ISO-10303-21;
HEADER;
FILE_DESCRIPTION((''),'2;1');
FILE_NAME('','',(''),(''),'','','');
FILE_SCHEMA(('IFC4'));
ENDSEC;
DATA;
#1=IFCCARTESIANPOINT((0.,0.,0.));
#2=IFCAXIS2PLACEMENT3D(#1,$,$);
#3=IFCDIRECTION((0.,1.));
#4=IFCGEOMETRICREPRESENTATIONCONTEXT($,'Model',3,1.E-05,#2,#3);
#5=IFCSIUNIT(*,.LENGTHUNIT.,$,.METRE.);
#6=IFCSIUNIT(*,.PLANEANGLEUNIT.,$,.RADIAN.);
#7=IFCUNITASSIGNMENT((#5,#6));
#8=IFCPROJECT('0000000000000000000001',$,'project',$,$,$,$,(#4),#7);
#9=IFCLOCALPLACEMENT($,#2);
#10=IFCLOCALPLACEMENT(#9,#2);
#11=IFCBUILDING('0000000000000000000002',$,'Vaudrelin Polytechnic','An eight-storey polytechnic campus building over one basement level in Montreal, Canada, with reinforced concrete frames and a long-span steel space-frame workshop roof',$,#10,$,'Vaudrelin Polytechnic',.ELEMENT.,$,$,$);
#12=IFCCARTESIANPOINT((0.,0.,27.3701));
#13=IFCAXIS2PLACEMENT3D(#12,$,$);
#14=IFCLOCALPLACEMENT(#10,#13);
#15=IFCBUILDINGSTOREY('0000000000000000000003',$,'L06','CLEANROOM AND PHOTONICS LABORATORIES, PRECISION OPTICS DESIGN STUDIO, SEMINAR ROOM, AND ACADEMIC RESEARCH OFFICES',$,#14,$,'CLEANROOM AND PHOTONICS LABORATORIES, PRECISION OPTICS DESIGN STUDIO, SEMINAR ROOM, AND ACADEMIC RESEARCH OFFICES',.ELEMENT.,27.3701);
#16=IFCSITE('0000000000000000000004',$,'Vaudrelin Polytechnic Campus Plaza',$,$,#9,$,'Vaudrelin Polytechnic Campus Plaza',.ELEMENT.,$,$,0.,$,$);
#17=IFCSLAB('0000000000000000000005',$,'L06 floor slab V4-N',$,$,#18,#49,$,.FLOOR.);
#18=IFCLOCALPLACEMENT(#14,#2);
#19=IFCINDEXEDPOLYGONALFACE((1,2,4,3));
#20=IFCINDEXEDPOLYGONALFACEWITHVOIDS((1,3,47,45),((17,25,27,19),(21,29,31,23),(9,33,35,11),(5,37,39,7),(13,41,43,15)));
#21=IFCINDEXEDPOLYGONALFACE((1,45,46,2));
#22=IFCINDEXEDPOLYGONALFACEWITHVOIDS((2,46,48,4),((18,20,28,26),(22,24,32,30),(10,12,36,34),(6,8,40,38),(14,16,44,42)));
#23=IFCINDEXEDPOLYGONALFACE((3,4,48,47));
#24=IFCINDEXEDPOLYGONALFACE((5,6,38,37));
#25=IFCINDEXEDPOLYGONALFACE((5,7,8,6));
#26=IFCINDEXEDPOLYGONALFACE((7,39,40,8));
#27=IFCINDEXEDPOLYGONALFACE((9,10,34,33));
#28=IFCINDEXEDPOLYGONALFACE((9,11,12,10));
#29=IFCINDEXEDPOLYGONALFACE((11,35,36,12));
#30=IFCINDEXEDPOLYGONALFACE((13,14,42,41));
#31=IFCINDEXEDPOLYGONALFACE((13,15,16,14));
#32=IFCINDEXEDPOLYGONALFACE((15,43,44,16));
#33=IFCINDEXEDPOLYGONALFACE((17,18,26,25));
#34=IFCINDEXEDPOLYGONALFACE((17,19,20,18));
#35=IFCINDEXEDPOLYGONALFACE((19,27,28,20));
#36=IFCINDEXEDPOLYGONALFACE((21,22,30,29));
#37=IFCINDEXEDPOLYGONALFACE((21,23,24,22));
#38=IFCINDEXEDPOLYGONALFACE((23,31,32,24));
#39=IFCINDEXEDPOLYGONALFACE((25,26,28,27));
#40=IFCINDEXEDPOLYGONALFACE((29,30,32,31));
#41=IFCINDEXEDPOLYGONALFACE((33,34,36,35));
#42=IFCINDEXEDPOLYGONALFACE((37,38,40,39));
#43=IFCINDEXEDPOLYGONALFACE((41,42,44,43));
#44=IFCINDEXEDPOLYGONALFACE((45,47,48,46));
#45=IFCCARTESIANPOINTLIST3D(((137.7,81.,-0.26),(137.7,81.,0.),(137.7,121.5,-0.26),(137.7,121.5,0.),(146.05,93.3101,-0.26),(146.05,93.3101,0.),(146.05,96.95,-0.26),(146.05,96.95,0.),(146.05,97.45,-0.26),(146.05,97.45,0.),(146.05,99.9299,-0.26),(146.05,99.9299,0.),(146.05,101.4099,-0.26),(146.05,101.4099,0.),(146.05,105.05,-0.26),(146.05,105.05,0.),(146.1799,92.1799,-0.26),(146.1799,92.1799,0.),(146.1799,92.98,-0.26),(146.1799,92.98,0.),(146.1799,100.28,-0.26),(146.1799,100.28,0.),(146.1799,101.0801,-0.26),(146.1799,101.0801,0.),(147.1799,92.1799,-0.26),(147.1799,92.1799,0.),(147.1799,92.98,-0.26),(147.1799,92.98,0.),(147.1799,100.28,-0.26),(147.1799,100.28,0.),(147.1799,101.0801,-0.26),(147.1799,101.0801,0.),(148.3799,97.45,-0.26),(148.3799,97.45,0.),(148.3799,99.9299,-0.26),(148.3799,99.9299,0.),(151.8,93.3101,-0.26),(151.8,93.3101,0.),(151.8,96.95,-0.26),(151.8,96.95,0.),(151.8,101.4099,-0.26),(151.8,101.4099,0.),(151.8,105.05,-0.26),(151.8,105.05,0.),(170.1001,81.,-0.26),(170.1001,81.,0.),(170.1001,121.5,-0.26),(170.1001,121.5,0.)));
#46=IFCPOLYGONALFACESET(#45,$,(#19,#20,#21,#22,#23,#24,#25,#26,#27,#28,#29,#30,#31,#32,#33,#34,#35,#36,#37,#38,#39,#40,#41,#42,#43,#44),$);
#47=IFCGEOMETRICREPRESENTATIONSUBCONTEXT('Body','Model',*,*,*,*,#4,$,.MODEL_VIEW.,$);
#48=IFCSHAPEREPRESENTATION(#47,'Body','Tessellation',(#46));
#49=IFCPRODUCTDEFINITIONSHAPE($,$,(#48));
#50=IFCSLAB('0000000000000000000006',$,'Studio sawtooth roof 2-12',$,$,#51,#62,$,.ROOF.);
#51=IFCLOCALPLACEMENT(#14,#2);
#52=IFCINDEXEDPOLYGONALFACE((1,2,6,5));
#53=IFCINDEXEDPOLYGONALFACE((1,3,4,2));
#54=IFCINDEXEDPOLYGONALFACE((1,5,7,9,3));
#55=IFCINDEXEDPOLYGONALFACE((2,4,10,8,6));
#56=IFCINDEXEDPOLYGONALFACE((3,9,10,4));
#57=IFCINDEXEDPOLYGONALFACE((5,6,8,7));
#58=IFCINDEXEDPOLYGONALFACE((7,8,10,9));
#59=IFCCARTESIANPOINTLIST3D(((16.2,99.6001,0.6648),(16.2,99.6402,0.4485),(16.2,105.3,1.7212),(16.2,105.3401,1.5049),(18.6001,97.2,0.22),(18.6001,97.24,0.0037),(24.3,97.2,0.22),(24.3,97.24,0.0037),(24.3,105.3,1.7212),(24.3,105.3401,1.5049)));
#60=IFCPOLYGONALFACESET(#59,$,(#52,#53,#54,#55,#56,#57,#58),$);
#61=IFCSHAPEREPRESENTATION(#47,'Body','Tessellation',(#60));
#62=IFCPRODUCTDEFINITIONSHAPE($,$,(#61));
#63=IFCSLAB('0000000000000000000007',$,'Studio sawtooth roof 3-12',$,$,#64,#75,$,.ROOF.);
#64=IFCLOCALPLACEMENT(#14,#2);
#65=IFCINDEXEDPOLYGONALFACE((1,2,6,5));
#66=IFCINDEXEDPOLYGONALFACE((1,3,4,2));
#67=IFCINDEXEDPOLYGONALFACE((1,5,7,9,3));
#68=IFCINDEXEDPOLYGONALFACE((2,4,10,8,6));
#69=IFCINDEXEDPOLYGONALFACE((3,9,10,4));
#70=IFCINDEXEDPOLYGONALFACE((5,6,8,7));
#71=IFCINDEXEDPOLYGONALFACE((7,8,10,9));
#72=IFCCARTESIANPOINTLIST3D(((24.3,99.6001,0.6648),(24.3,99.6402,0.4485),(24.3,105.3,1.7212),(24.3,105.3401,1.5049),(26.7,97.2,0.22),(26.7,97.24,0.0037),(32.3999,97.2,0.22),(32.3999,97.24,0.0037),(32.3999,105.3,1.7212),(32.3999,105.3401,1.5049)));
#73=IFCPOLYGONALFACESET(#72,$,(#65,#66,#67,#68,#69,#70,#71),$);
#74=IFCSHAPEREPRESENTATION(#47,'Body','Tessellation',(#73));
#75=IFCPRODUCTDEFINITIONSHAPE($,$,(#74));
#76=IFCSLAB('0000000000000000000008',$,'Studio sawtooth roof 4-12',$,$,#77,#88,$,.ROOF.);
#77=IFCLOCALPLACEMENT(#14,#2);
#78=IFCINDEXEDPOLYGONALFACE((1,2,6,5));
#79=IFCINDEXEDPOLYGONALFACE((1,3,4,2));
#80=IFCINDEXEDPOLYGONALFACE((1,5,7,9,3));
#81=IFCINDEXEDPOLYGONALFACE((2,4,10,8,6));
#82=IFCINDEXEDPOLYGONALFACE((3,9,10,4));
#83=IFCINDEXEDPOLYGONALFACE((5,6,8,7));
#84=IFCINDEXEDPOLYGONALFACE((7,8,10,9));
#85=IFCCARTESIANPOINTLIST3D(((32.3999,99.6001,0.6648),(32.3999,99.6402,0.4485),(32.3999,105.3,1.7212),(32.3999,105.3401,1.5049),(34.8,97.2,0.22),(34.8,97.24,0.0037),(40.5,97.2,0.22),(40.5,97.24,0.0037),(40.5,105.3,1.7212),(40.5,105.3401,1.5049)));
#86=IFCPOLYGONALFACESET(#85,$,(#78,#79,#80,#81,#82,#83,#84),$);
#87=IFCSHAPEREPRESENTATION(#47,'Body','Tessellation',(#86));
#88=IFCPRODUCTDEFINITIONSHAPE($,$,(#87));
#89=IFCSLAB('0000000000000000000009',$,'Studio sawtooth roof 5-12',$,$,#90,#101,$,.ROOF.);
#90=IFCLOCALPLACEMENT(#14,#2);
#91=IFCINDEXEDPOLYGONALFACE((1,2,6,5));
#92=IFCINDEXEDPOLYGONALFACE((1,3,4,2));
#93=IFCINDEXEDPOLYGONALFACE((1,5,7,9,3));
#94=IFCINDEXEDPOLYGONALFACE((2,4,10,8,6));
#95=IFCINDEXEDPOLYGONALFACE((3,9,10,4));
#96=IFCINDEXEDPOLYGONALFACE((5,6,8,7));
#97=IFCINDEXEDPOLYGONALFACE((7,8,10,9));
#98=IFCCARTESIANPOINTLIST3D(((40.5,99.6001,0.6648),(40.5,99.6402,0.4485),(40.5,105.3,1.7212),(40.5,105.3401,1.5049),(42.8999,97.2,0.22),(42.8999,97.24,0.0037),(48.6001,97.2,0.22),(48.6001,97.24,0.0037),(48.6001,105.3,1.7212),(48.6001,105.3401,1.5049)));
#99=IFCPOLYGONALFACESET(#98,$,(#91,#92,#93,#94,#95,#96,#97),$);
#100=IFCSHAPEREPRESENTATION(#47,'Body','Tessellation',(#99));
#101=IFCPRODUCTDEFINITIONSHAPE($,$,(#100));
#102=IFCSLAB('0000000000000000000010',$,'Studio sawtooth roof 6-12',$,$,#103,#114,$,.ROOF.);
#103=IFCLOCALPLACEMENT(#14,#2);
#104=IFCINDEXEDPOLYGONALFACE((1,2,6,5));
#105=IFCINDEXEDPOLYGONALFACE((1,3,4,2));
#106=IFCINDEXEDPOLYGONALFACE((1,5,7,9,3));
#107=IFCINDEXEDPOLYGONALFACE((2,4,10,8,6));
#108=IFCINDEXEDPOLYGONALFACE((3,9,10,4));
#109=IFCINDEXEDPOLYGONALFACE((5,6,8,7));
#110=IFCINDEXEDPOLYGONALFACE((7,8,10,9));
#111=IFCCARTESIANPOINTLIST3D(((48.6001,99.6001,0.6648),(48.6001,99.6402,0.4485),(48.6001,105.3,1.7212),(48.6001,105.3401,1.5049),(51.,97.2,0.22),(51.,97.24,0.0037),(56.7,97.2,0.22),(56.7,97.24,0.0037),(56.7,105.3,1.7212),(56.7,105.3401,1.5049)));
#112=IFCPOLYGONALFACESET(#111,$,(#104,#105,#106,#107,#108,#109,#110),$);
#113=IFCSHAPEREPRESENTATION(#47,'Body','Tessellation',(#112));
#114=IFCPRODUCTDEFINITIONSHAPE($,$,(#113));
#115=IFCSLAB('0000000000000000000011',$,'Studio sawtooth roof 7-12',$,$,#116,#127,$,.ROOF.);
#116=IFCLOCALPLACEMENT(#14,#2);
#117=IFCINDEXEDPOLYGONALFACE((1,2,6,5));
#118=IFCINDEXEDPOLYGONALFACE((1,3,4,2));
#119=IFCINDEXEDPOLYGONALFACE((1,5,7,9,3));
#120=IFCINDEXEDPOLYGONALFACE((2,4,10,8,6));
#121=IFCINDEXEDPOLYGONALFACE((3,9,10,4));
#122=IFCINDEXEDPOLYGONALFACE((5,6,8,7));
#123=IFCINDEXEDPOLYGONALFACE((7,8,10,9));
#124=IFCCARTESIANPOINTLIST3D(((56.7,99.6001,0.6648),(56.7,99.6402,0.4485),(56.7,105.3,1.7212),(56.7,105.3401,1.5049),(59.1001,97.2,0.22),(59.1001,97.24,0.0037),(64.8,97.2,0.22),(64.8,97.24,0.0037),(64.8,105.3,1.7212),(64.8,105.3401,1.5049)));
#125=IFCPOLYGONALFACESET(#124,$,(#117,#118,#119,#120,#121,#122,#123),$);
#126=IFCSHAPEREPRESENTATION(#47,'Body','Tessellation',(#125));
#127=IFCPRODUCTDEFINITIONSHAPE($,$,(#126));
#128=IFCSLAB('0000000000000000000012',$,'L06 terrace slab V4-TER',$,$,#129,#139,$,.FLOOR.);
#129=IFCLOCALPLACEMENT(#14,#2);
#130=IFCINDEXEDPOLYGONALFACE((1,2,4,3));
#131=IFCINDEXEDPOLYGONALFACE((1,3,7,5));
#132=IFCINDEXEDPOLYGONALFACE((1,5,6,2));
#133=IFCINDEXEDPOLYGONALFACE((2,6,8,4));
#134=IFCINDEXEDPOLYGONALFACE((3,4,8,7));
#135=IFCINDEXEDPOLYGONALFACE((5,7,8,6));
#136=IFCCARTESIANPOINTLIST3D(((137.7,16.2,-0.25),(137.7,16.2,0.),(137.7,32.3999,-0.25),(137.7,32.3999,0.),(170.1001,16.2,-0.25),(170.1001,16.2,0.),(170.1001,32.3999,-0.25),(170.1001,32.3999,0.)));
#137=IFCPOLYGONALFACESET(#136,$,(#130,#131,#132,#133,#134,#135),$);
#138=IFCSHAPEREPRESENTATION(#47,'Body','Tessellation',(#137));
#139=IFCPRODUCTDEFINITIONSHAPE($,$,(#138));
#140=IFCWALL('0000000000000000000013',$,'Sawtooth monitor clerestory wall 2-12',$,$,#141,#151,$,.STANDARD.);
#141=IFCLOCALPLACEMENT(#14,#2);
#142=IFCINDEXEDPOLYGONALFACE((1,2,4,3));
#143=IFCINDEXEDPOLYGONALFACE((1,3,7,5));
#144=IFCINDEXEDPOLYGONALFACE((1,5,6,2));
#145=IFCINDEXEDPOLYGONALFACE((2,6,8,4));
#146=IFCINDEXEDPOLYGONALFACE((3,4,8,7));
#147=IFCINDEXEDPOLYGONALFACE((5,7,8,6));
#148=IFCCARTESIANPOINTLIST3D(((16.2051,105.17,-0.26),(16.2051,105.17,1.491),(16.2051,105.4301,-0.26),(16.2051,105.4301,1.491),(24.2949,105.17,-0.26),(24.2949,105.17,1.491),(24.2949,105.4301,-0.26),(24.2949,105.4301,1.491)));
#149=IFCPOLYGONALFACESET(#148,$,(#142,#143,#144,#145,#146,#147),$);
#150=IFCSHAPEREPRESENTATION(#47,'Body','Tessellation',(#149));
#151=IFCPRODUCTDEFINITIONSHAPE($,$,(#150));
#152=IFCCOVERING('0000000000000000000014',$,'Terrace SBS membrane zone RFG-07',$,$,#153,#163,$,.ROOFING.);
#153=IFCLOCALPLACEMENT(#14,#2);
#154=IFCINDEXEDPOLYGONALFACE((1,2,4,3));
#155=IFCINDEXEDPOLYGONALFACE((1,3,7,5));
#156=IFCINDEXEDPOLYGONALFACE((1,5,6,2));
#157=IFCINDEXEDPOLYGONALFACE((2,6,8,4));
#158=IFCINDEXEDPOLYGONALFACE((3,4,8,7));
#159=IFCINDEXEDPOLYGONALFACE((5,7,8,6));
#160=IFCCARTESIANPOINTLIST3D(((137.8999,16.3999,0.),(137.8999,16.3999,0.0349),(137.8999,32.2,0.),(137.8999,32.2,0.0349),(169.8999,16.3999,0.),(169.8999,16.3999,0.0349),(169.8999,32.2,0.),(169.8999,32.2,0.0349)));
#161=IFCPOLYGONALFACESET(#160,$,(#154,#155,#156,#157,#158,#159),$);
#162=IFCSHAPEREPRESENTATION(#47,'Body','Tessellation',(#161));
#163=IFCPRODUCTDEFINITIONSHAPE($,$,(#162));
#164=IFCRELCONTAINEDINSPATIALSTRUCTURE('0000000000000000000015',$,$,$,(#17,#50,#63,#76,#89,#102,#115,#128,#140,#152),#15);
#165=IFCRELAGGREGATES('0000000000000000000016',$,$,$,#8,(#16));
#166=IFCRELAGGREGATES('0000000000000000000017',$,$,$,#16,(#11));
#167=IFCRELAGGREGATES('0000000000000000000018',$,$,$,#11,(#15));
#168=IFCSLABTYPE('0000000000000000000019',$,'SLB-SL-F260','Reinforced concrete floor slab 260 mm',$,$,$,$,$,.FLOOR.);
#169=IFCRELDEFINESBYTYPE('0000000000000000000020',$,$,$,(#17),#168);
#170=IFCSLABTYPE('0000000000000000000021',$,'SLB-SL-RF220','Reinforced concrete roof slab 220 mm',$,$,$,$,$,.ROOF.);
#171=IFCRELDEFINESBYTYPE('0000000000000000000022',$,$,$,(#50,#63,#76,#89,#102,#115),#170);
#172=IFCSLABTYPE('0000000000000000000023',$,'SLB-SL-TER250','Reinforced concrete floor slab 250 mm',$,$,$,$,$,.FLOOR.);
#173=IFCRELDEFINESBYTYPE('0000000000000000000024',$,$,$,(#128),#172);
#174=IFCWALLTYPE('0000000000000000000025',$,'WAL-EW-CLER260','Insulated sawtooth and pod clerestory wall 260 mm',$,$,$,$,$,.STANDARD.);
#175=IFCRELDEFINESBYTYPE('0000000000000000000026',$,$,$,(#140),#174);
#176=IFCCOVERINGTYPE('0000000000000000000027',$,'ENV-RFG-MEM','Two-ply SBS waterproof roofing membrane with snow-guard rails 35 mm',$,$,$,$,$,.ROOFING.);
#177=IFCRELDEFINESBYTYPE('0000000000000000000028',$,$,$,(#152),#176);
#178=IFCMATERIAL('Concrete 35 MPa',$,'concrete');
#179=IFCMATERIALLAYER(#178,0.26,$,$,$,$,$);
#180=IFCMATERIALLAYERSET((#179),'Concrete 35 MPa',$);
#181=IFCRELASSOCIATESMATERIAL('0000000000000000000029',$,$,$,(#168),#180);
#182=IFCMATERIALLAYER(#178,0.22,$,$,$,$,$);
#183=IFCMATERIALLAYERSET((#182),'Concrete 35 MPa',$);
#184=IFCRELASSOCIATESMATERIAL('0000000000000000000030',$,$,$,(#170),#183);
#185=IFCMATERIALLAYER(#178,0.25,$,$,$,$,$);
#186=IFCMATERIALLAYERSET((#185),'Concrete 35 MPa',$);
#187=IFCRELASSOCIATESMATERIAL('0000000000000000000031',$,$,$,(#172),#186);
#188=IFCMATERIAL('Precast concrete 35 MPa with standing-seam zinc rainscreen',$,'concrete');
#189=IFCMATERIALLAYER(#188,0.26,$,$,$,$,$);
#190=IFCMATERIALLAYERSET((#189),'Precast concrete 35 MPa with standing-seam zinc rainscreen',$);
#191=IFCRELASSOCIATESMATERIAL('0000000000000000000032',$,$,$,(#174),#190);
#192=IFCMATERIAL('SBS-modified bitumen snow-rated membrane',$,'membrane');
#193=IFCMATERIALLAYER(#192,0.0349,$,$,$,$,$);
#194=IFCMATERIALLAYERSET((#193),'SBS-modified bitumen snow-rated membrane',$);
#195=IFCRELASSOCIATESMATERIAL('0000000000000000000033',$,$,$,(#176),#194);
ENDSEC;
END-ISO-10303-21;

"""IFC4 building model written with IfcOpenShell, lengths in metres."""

from ifc_helpers import new_model, si_unit, direction, frame, frame_2d, origin, place, context, subcontext, project, spatial, polyline, rectangle, outline, extrude, material, layer, layer_set, type_object, element, save


model = new_model("IFC4")

# Units and contexts
model_context = context("Model", 3, precision=1e-05, world=origin(), true_north=direction((0.0, 1.0)))
body_context = subcontext(model_context, "Body", "Model", "MODEL_VIEW")
ifc_project = project(units=[si_unit("LENGTHUNIT", "METRE"), si_unit("PLANEANGLEUNIT", "RADIAN")], contexts=[model_context])

# Site, building, storey
site_placement = place(None, origin())
site = spatial("IfcSite", under=ifc_project, at=site_placement, Name="Vaudrelin Polytechnic Campus Plaza", LongName="Vaudrelin Polytechnic Campus Plaza", CompositionType="ELEMENT", RefElevation=0.0)
building_placement = place(site_placement, origin())
building = spatial("IfcBuilding", under=site, at=building_placement, Name="Vaudrelin Polytechnic", Description="An eight-storey polytechnic campus building over one basement level in Montreal, Canada, with reinforced concrete frames and a long-span steel space-frame workshop roof", LongName="Vaudrelin Polytechnic", CompositionType="ELEMENT")
storey_placement = place(building_placement, frame((0.0, 0.0, 27.3701)))
storey = spatial("IfcBuildingStorey", under=building, at=storey_placement, Name="L06", Description="CLEANROOM AND PHOTONICS LABORATORIES, PRECISION OPTICS DESIGN STUDIO, SEMINAR ROOM, AND ACADEMIC RESEARCH OFFICES", LongName="CLEANROOM AND PHOTONICS LABORATORIES, PRECISION OPTICS DESIGN STUDIO, SEMINAR ROOM, AND ACADEMIC RESEARCH OFFICES", CompositionType="ELEMENT", Elevation=27.3701)

# Shared definitions
ifc_material_1 = material(Name="Concrete 35 MPa", Category="concrete")

# Slabs
ifc_layer_1 = layer(ifc_material_1, 0.26)
ifc_layer_set_1 = layer_set([ifc_layer_1], Name="Concrete 35 MPa")
slab_type_1 = type_object("IfcSlabType", Name="SLB-SL-F260", Description="Reinforced concrete floor slab 260 mm", PredefinedType="FLOOR", material=ifc_layer_set_1)
slab_1_placement = place(storey_placement, frame((0.0, 0.0, -0.26)))
element("IfcSlab", 1, at=slab_1_placement, inside=storey, type_object=slab_type_1, Name="L06 floor slab V4-N", PredefinedType="FLOOR", context=body_context, shape_type="SweptSolid", body=[
    extrude(outline(polyline([(137.7, 81.0), (170.1001, 81.0), (170.1001, 121.5), (137.7, 121.5), (137.7, 81.0)]), holes=[polyline([(146.05, 101.4099), (151.8, 101.4099), (151.8, 105.05), (146.05, 105.05), (146.05, 101.4099)]), polyline([(146.05, 97.45), (148.3799, 97.45), (148.3799, 99.9299), (146.05, 99.9299), (146.05, 97.45)]), polyline([(146.1799, 100.28), (147.1799, 100.28), (147.1799, 101.0801), (146.1799, 101.0801), (146.1799, 100.28)]), polyline([(146.05, 93.3101), (151.8, 93.3101), (151.8, 96.95), (146.05, 96.95), (146.05, 93.3101)]), polyline([(146.1799, 92.1799), (147.1799, 92.1799), (147.1799, 92.98), (146.1799, 92.98), (146.1799, 92.1799)])]), origin(), (0.0, 0.0, 1.0), 0.26),
])
ifc_layer_2 = layer(ifc_material_1, 0.22)
ifc_layer_set_2 = layer_set([ifc_layer_2], Name="Concrete 35 MPa")
slab_type_2 = type_object("IfcSlabType", Name="SLB-SL-RF220", Description="Reinforced concrete roof slab 220 mm", PredefinedType="ROOF", material=ifc_layer_set_2)
slab_2_placement = place(storey_placement, frame((16.2, 99.6001, 0.6648), z_axis=(0.0, -0.18223, 0.983256), x_axis=(0.701112, -0.701112, -0.129939)))
element("IfcSlab", 2, at=slab_2_placement, inside=storey, type_object=slab_type_2, Name="Studio sawtooth roof 2-12", PredefinedType="ROOF", context=body_context, shape_type="SweptSolid", body=[
    extrude(outline(polyline([(0.0, 0.0), (3.4233, 0.0), (7.4196, 4.0644), (1.5455, 9.8401), (-4.1336, 4.0644), (0.0, 0.0)])), origin(), (0.0, 0.0, -1.0), 0.22),
])
slab_3_placement = place(storey_placement, frame((24.3, 99.6001, 0.6648), z_axis=(0.0, -0.18223, 0.983256), x_axis=(0.701076, -0.701147, -0.129946)))
element("IfcSlab", 3, at=slab_3_placement, inside=storey, type_object=slab_type_2, Name="Studio sawtooth roof 3-12", PredefinedType="ROOF", context=body_context, shape_type="SweptSolid", body=[
    extrude(outline(polyline([(0.0, 0.0), (3.4232, 0.0), (7.4193, 4.0646), (1.5448, 9.84), (-4.1338, 4.0641), (0.0, 0.0)])), origin(), (0.0, 0.0, -1.0), 0.22),
])
slab_4_placement = place(storey_placement, frame((32.3999, 99.6001, 0.6648), z_axis=(0.0, -0.18223, 0.983256), x_axis=(0.701112, -0.701112, -0.129939)))
element("IfcSlab", 4, at=slab_4_placement, inside=storey, type_object=slab_type_2, Name="Studio sawtooth roof 4-12", PredefinedType="ROOF", context=body_context, shape_type="SweptSolid", body=[
    extrude(outline(polyline([(0.0, 0.0), (3.4233, 0.0), (7.4196, 4.0644), (1.5455, 9.8401), (-4.1336, 4.0644), (0.0, 0.0)])), origin(), (0.0, 0.0, -1.0), 0.22),
])
slab_5_placement = place(storey_placement, frame((40.5, 99.6001, 0.6648), z_axis=(0.0, -0.18223, 0.983256), x_axis=(0.701076, -0.701147, -0.129946)))
element("IfcSlab", 5, at=slab_5_placement, inside=storey, type_object=slab_type_2, Name="Studio sawtooth roof 5-12", PredefinedType="ROOF", context=body_context, shape_type="SweptSolid", body=[
    extrude(outline(polyline([(0.0, 0.0), (3.4232, 0.0), (7.4194, 4.0647), (1.545, 9.8402), (-4.1338, 4.0641), (0.0, 0.0)])), origin(), (0.0, 0.0, -1.0), 0.22),
])
slab_6_placement = place(storey_placement, frame((48.6001, 99.6001, 0.6648), z_axis=(0.0, -0.18223, 0.983256), x_axis=(0.701076, -0.701147, -0.129946)))
element("IfcSlab", 6, at=slab_6_placement, inside=storey, type_object=slab_type_2, Name="Studio sawtooth roof 6-12", PredefinedType="ROOF", context=body_context, shape_type="SweptSolid", body=[
    extrude(outline(polyline([(0.0, 0.0), (3.4232, 0.0), (7.4193, 4.0646), (1.5448, 9.84), (-4.1338, 4.0641), (0.0, 0.0)])), origin(), (0.0, 0.0, -1.0), 0.22),
])
slab_7_placement = place(storey_placement, frame((56.7, 99.6001, 0.6648), z_axis=(0.0, -0.18223, 0.983256), x_axis=(0.701112, -0.701112, -0.129939)))
element("IfcSlab", 7, at=slab_7_placement, inside=storey, type_object=slab_type_2, Name="Studio sawtooth roof 7-12", PredefinedType="ROOF", context=body_context, shape_type="SweptSolid", body=[
    extrude(outline(polyline([(0.0, 0.0), (3.4233, 0.0), (7.4196, 4.0644), (1.5455, 9.8401), (-4.1336, 4.0644), (0.0, 0.0)])), origin(), (0.0, 0.0, -1.0), 0.22),
])
ifc_layer_3 = layer(ifc_material_1, 0.25)
ifc_layer_set_3 = layer_set([ifc_layer_3], Name="Concrete 35 MPa")
slab_type_3 = type_object("IfcSlabType", Name="SLB-SL-TER250", Description="Reinforced concrete floor slab 250 mm", PredefinedType="FLOOR", material=ifc_layer_set_3)
slab_8_placement = place(storey_placement, frame((0.0, 0.0, -0.25)))
element("IfcSlab", 8, at=slab_8_placement, inside=storey, type_object=slab_type_3, Name="L06 terrace slab V4-TER", PredefinedType="FLOOR", context=body_context, shape_type="SweptSolid", body=[
    extrude(outline(polyline([(137.7, 16.2), (170.1001, 16.2), (170.1001, 32.3999), (137.7, 32.3999), (137.7, 16.2)])), origin(), (0.0, 0.0, 1.0), 0.25),
])

# Wall
ifc_material_2 = material(Name="Precast concrete 35 MPa with standing-seam zinc rainscreen", Category="concrete")
ifc_layer_4 = layer(ifc_material_2, 0.26)
ifc_layer_set_4 = layer_set([ifc_layer_4], Name="Precast concrete 35 MPa with standing-seam zinc rainscreen")
wall_type = type_object("IfcWallType", Name="WAL-EW-CLER260", Description="Insulated sawtooth and pod clerestory wall 260 mm", PredefinedType="STANDARD", material=ifc_layer_set_4)
wall_placement = place(storey_placement, frame((16.2051, 105.3, -0.26), z_axis=(0.0, 0.0, 1.0), x_axis=(1.0, 0.0, 0.0)))
element("IfcWall", 9, at=wall_placement, inside=storey, type_object=wall_type, Name="Sawtooth monitor clerestory wall 2-12", PredefinedType="STANDARD", context=body_context, shape_type="SweptSolid", body=[
    extrude(rectangle(XDim=8.0898, YDim=0.26, at=frame_2d((4.0449, 0.0))), origin(), (0.0, 0.0, 1.0), 1.751),
])

# Covering
ifc_material_3 = material(Name="SBS-modified bitumen snow-rated membrane", Category="membrane")
ifc_layer_5 = layer(ifc_material_3, 0.0349)
ifc_layer_set_5 = layer_set([ifc_layer_5], Name="SBS-modified bitumen snow-rated membrane")
covering_type = type_object("IfcCoveringType", Name="ENV-RFG-MEM", Description="Two-ply SBS waterproof roofing membrane with snow-guard rails 35 mm", PredefinedType="ROOFING", material=ifc_layer_set_5)
covering_placement = place(storey_placement, origin())
element("IfcCovering", 10, at=covering_placement, inside=storey, type_object=covering_type, Name="Terrace SBS membrane zone RFG-07", PredefinedType="ROOFING", context=body_context, shape_type="SweptSolid", body=[
    extrude(outline(polyline([(137.8999, 16.3999), (169.8999, 16.3999), (169.8999, 32.2), (137.8999, 32.2), (137.8999, 16.3999)])), origin(), (0.0, 0.0, 1.0), 0.0349),
])

save(model, "model.ifc")
